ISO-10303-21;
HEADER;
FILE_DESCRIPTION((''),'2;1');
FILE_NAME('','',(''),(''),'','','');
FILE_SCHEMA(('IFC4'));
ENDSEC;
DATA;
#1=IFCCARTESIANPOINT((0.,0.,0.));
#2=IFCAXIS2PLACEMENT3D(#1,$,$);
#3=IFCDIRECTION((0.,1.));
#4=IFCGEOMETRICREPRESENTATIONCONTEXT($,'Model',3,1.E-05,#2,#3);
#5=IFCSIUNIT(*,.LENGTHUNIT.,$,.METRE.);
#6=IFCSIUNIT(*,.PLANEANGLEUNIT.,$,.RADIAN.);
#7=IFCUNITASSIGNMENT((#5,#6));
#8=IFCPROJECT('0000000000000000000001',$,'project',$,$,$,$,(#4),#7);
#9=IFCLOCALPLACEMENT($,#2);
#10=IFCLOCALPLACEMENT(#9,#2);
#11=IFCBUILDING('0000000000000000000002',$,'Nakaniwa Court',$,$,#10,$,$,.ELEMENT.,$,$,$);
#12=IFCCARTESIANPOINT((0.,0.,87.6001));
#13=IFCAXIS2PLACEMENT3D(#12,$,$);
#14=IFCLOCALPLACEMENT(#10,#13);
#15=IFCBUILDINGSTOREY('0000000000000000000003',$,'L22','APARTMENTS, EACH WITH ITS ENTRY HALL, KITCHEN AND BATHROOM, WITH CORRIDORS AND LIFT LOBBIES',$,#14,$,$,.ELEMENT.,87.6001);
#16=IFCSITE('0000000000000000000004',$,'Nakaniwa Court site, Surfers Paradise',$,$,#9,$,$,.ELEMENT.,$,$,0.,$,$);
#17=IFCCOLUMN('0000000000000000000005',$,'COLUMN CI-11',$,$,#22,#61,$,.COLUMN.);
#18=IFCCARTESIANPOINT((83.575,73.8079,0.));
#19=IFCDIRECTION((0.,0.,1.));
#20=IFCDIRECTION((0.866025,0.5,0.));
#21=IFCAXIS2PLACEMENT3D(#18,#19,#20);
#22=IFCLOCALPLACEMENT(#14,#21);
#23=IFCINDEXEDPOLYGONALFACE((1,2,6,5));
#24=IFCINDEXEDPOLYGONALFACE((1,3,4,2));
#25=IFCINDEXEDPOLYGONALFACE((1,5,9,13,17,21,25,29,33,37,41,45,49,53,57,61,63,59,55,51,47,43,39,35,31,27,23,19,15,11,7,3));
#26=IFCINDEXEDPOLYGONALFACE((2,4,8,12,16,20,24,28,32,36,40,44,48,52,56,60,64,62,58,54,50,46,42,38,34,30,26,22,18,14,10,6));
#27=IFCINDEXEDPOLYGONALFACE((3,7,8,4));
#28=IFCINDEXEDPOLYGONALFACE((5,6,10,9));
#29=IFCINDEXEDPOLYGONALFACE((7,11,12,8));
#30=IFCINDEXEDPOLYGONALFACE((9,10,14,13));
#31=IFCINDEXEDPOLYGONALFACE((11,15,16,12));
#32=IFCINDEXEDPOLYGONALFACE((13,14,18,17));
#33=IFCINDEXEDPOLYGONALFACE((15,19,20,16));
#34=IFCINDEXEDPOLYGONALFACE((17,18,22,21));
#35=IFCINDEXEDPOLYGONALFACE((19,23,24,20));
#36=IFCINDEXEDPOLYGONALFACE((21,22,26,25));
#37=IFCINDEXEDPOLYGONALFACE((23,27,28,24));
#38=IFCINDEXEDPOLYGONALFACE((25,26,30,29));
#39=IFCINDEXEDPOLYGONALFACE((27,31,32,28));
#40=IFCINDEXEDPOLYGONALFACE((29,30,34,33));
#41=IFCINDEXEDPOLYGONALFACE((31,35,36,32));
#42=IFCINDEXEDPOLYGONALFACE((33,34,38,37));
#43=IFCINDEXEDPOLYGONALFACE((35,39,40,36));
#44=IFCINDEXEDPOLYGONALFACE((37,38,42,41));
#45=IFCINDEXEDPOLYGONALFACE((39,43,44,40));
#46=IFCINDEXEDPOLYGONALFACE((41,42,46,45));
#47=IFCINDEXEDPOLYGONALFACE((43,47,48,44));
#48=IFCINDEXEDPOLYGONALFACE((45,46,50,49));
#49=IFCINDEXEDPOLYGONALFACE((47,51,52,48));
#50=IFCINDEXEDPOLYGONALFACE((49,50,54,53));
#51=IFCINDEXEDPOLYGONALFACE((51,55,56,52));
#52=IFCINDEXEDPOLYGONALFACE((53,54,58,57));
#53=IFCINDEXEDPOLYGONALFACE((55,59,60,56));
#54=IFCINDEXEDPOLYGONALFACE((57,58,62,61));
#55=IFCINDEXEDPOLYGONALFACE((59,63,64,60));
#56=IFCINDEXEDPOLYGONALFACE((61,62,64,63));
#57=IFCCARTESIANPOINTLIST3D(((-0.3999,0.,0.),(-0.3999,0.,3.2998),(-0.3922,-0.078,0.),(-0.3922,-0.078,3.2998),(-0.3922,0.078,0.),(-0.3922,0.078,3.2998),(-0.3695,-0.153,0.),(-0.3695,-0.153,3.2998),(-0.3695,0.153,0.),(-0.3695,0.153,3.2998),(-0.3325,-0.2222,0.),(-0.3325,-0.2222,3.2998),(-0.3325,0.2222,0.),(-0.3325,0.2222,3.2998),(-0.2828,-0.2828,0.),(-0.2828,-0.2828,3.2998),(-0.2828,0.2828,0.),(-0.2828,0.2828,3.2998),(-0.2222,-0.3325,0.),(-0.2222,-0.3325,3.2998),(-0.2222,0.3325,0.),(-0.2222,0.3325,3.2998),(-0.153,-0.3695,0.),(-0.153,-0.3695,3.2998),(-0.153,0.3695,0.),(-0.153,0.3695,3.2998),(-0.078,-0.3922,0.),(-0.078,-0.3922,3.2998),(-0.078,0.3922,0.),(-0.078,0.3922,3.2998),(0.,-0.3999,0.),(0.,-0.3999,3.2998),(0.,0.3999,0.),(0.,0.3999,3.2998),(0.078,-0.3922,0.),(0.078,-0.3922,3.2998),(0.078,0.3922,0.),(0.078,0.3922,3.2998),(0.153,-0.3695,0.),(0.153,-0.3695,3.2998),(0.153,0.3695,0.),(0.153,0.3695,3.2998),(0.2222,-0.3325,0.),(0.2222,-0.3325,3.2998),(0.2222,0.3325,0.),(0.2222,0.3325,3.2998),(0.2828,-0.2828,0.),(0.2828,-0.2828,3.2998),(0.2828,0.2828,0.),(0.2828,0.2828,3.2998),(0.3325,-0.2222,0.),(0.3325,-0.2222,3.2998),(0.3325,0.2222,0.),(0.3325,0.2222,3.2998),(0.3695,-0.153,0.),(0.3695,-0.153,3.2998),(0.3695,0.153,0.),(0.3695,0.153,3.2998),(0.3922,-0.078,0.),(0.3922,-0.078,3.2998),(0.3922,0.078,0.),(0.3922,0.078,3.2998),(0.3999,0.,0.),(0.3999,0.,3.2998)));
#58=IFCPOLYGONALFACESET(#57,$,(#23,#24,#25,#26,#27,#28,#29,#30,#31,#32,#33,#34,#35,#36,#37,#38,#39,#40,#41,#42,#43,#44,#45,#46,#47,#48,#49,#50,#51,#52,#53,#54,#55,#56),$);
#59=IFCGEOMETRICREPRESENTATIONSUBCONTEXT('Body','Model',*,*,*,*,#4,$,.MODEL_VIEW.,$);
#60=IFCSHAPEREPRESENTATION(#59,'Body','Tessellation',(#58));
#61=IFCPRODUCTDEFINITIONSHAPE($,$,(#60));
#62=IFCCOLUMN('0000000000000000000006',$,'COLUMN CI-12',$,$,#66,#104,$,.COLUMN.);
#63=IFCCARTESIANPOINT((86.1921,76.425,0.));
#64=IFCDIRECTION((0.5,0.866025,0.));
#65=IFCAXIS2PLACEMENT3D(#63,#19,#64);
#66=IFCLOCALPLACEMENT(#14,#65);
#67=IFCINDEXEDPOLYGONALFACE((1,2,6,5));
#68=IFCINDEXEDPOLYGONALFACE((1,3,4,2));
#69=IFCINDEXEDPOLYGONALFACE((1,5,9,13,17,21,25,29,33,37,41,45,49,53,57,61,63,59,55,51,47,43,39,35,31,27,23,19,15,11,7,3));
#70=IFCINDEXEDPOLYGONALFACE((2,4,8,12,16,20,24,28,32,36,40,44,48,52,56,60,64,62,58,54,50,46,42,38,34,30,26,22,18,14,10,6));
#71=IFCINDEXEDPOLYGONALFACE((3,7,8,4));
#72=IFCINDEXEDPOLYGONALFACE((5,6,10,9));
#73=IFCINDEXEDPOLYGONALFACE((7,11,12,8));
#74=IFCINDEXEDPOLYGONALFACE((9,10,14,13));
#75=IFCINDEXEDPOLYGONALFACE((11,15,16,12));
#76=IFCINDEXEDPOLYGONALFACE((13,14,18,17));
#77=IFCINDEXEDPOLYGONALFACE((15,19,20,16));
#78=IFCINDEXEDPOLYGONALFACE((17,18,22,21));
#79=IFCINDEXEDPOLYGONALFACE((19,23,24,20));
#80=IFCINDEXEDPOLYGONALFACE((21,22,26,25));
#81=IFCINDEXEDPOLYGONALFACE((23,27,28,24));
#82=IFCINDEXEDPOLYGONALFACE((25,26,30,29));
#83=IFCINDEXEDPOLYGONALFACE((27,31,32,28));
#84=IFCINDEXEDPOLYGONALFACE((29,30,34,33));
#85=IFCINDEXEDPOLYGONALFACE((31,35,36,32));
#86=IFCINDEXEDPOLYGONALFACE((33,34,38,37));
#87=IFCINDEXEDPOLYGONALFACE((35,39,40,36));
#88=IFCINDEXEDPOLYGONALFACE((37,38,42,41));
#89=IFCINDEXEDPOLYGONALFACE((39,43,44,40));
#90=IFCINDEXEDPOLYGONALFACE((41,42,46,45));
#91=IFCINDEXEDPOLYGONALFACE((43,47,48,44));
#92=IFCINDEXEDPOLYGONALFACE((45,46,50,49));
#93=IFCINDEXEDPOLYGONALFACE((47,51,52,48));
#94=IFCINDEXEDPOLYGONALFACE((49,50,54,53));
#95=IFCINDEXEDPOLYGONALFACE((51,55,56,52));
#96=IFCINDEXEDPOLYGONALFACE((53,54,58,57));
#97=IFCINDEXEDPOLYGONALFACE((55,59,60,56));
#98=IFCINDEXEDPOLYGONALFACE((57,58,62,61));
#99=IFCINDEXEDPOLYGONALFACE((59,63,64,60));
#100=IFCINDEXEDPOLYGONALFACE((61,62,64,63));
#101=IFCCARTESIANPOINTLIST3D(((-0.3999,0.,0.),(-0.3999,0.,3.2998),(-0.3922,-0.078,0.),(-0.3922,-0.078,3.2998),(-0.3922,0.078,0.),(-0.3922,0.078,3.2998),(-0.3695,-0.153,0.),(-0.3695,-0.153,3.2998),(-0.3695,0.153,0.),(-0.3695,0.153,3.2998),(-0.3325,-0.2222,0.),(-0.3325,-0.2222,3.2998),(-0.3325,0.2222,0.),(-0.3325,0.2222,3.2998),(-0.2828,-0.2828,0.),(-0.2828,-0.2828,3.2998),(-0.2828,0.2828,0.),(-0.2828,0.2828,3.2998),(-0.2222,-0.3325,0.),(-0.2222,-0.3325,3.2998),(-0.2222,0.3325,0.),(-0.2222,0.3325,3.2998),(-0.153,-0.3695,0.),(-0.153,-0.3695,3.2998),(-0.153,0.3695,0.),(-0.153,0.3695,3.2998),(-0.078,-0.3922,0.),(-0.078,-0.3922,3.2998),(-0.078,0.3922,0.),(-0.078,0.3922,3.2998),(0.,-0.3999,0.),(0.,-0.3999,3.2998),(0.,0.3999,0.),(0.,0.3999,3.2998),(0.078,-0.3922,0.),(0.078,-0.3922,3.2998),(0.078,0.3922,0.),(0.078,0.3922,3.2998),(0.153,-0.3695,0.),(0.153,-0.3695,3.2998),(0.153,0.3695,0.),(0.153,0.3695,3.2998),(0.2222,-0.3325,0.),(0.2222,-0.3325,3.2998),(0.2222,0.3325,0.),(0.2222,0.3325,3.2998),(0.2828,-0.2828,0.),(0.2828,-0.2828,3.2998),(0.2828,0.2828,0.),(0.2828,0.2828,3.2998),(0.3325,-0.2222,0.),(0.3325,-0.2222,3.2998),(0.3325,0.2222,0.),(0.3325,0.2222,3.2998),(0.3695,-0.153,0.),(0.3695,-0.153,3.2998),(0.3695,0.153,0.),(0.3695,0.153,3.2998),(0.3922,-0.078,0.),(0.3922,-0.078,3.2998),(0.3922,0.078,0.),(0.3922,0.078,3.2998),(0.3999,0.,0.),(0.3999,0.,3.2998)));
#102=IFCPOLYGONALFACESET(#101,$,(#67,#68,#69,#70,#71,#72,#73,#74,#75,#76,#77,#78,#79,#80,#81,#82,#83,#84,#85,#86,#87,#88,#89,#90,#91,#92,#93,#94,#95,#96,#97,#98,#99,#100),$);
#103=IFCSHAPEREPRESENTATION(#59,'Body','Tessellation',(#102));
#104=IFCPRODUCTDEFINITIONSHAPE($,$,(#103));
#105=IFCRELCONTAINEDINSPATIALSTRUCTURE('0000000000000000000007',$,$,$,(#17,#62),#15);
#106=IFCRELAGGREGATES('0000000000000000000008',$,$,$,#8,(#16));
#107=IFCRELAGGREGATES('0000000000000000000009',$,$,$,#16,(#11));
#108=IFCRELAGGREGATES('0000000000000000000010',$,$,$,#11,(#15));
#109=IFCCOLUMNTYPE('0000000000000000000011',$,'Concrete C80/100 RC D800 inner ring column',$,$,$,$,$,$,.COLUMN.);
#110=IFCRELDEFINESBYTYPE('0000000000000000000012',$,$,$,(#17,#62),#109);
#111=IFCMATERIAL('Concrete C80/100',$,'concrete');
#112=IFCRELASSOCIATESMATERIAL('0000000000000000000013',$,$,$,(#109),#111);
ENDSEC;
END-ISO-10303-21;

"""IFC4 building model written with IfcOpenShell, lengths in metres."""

from ifc_helpers import new_model, si_unit, direction, frame, origin, origin_2d, place, context, subcontext, project, spatial, circle, extrude, material, material_profile, profile_set, type_object, element, save


model = new_model("IFC4")

# Units and contexts
model_context = context("Model", 3, precision=1e-05, world=origin(), true_north=direction((0.0, 1.0)))
body_context = subcontext(model_context, "Body", "Model", "MODEL_VIEW")
ifc_project = project(units=[si_unit("LENGTHUNIT", "METRE"), si_unit("PLANEANGLEUNIT", "RADIAN")], contexts=[model_context])

# Site, building, storey
site_placement = place(None, origin())
site = spatial("IfcSite", under=ifc_project, at=site_placement, Name="Nakaniwa Court site, Surfers Paradise", CompositionType="ELEMENT", RefElevation=0.0)
building_placement = place(site_placement, origin())
building = spatial("IfcBuilding", under=site, at=building_placement, Name="Nakaniwa Court", CompositionType="ELEMENT")
storey_placement = place(building_placement, frame((0.0, 0.0, 87.6001)))
storey = spatial("IfcBuildingStorey", under=building, at=storey_placement, Name="L22", Description="APARTMENTS, EACH WITH ITS ENTRY HALL, KITCHEN AND BATHROOM, WITH CORRIDORS AND LIFT LOBBIES", CompositionType="ELEMENT", Elevation=87.6001)

# Columns
ifc_material_1 = material(Name="Concrete C80/100", Category="concrete")
ifc_material_profile_1 = material_profile(ifc_material_1, circle(Radius=0.3999, at=origin_2d()), Name="Concrete C80/100 RC D800 inner ring column")
ifc_profile_set_1 = profile_set([ifc_material_profile_1], Name="Concrete C80/100")
column_type = type_object("IfcColumnType", Name="Concrete C80/100 RC D800 inner ring column", PredefinedType="COLUMN", material=ifc_profile_set_1)
for number, where, z_axis, x_axis, name in (
    (1, (83.575, 73.8079, 0.0), (0.0, 0.0, 1.0), (0.866025, 0.5, 0.0), "COLUMN CI-11"),
    (2, (86.1921, 76.425, 0.0), (0.0, 0.0, 1.0), (0.5, 0.866025, 0.0), "COLUMN CI-12"),
):
    element("IfcColumn", number, at=place(storey_placement, frame(where, z_axis=z_axis, x_axis=x_axis)), inside=storey, type_object=column_type, Name=name, PredefinedType="COLUMN", context=body_context, shape_type="SweptSolid", body=[
        extrude(circle(Radius=0.3999, at=origin_2d()), origin(), (0.0, 0.0, 1.0), 3.2998),
    ])

save(model, "model.ifc")
